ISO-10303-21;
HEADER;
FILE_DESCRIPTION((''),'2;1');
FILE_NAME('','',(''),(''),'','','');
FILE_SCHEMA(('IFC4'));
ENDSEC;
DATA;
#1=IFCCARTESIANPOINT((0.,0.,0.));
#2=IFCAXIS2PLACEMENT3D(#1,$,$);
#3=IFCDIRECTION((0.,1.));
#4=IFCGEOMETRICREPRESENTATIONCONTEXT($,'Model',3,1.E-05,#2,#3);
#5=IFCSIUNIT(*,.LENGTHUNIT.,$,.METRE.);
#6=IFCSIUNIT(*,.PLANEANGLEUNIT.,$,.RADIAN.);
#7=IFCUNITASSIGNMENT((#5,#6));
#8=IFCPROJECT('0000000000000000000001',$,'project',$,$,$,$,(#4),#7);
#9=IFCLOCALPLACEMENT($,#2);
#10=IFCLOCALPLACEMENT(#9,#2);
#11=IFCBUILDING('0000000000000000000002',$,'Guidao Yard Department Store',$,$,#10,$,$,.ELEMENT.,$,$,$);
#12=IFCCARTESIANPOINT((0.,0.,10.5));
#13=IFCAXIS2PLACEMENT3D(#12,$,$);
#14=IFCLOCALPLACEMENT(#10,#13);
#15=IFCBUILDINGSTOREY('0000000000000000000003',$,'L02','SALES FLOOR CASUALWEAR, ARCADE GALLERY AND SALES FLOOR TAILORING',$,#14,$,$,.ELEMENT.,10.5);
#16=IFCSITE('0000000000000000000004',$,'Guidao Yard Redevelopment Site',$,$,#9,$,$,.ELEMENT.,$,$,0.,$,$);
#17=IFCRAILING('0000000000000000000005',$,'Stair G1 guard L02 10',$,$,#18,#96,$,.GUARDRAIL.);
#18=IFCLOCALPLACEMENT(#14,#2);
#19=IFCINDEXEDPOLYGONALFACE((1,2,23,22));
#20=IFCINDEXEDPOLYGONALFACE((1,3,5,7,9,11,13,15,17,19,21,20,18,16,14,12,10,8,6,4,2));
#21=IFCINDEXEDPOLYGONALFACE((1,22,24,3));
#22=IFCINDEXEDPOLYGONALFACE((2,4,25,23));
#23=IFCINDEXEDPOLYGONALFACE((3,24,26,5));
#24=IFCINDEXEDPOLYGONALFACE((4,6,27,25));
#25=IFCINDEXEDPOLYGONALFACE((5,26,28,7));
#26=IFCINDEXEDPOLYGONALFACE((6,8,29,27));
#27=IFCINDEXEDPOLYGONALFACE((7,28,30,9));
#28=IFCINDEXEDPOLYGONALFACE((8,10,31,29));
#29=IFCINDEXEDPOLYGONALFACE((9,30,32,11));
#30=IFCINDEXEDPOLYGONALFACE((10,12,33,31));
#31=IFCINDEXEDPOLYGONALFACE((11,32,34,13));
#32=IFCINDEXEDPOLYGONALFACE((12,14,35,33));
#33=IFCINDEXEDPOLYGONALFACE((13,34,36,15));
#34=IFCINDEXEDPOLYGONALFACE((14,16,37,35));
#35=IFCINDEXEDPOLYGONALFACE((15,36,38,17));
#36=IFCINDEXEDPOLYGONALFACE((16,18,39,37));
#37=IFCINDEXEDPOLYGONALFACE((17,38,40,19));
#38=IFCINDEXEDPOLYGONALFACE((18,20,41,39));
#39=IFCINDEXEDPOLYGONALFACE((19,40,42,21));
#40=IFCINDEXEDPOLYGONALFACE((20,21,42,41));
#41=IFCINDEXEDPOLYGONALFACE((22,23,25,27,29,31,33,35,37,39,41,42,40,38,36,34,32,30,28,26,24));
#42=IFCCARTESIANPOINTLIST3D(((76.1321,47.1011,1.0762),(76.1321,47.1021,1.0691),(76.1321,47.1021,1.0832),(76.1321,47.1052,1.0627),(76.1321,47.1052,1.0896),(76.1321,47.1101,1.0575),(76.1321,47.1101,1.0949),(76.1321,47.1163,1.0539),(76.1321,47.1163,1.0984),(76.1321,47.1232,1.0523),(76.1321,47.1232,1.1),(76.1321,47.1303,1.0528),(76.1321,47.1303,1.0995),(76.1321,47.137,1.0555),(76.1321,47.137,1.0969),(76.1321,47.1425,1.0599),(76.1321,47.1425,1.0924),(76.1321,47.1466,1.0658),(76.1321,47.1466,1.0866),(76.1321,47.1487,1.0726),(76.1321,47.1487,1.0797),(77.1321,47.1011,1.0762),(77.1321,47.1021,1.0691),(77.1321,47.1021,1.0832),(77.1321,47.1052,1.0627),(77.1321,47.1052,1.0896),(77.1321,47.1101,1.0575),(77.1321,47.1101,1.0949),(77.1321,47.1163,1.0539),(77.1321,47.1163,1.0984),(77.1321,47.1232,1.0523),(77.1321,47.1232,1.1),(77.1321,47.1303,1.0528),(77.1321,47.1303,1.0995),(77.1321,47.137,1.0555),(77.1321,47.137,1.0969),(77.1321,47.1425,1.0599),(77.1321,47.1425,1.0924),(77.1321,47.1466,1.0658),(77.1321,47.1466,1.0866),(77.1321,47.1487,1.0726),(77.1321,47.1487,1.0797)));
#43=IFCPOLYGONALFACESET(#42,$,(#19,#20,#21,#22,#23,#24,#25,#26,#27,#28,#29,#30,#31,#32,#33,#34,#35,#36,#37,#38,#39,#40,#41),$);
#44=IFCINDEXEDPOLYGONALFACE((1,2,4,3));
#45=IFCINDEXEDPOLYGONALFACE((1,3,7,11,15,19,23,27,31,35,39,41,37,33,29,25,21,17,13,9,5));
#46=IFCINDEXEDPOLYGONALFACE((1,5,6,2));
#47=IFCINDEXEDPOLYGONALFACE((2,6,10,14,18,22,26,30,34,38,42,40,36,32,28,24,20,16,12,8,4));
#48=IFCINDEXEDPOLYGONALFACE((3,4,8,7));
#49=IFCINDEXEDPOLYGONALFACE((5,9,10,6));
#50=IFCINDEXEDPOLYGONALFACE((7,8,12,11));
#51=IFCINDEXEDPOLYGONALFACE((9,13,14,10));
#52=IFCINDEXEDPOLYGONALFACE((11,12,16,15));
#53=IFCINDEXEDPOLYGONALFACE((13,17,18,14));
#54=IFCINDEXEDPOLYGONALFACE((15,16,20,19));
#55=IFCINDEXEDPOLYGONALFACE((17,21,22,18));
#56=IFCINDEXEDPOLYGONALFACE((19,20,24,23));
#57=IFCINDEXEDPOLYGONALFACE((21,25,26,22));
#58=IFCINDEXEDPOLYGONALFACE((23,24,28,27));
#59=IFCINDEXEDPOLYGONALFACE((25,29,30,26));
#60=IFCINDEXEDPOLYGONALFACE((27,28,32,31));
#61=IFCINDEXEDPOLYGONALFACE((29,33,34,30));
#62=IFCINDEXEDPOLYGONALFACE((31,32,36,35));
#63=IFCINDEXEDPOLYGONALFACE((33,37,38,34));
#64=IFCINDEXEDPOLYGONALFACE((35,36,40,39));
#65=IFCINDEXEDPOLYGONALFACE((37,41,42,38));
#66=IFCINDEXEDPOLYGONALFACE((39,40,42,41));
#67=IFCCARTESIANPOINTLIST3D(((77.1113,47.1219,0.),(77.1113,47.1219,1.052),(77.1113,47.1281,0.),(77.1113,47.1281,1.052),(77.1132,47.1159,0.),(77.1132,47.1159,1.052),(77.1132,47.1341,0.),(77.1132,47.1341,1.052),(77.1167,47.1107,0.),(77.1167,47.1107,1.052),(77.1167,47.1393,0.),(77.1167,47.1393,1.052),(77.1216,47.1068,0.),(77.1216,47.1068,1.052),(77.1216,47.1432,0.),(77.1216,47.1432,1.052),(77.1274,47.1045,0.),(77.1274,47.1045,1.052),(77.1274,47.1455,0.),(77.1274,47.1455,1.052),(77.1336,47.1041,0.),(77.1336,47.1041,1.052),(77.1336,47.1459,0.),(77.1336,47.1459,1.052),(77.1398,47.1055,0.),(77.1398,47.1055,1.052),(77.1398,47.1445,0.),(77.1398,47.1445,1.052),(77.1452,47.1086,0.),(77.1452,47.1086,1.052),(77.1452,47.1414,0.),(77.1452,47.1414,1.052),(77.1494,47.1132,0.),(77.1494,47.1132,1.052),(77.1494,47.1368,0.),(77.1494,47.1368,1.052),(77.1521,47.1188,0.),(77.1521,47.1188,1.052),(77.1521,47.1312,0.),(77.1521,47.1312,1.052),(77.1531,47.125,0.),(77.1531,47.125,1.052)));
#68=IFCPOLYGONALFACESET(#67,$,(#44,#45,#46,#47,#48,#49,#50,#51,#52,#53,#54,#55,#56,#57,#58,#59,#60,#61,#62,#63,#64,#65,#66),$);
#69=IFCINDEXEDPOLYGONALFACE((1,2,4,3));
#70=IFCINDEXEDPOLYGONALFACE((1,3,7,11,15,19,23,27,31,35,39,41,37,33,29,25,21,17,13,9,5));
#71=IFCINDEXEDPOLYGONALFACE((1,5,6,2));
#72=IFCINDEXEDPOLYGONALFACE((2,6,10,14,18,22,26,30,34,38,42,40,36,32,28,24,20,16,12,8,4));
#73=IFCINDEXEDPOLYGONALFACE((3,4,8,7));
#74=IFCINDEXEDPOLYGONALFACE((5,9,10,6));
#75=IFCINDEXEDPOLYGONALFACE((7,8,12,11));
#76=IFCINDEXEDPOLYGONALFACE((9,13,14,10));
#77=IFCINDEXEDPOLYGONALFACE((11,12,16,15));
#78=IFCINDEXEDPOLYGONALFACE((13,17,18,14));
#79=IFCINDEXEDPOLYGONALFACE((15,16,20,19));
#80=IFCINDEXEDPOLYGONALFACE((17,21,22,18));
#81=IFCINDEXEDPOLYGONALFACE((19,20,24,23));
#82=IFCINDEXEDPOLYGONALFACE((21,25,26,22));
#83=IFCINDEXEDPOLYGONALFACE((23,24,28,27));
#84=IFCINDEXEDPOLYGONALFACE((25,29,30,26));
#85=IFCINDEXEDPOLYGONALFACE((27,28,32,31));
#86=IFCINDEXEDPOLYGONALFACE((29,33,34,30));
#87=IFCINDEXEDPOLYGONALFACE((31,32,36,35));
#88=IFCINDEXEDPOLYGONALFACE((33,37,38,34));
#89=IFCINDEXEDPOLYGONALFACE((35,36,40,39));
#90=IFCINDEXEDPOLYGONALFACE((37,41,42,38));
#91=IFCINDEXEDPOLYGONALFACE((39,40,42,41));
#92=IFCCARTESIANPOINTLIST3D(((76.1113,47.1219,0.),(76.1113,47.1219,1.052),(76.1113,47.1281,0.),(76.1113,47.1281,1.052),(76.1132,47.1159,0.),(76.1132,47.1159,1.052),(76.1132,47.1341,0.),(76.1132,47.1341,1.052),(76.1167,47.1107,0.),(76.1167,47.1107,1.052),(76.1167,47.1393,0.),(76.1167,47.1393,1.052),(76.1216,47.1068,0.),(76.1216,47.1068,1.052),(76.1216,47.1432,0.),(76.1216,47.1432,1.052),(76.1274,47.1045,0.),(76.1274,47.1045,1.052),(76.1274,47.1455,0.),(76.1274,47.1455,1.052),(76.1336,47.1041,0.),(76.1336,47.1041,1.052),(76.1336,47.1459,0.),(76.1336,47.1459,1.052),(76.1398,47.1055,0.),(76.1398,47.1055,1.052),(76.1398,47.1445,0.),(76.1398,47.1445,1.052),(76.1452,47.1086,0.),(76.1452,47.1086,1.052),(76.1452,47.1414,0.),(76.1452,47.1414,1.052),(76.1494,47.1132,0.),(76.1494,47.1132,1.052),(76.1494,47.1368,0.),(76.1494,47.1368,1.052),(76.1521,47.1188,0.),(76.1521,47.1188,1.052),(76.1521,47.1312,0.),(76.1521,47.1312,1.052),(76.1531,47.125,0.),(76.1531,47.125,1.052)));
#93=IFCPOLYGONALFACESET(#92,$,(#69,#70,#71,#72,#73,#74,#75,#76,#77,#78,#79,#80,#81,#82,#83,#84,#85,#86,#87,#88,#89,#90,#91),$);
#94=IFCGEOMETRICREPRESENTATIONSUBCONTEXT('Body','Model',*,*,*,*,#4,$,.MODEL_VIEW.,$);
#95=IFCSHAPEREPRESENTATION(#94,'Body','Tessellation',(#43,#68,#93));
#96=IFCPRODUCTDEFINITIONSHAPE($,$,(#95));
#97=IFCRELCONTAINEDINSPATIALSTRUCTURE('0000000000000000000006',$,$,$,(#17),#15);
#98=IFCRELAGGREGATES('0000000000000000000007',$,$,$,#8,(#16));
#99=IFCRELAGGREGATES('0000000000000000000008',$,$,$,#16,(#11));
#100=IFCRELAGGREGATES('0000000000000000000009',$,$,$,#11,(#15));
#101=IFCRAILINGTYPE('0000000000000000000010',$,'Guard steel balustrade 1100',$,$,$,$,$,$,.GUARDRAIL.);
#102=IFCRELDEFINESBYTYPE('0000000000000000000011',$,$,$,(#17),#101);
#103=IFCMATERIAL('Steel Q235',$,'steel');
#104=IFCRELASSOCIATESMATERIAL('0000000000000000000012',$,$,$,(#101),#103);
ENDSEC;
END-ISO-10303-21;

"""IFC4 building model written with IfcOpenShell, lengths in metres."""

from ifc_helpers import new_model, si_unit, direction, frame, origin, origin_2d, place, context, subcontext, project, spatial, circle, extrude, material, type_object, element, save


model = new_model("IFC4")

# Units and contexts
model_context = context("Model", 3, precision=1e-05, world=origin(), true_north=direction((0.0, 1.0)))
body_context = subcontext(model_context, "Body", "Model", "MODEL_VIEW")
ifc_project = project(units=[si_unit("LENGTHUNIT", "METRE"), si_unit("PLANEANGLEUNIT", "RADIAN")], contexts=[model_context])

# Site, building, storey
site_placement = place(None, origin())
site = spatial("IfcSite", under=ifc_project, at=site_placement, Name="Guidao Yard Redevelopment Site", CompositionType="ELEMENT", RefElevation=0.0)
building_placement = place(site_placement, origin())
building = spatial("IfcBuilding", under=site, at=building_placement, Name="Guidao Yard Department Store", CompositionType="ELEMENT")
storey_placement = place(building_placement, frame((0.0, 0.0, 10.5)))
storey = spatial("IfcBuildingStorey", under=building, at=storey_placement, Name="L02", Description="SALES FLOOR CASUALWEAR, ARCADE GALLERY AND SALES FLOOR TAILORING", CompositionType="ELEMENT", Elevation=10.5)

# Railing
ifc_material_1 = material(Name="Steel Q235", Category="steel")
railing_type_1 = type_object("IfcRailingType", Name="Guard steel balustrade 1100", PredefinedType="GUARDRAIL", material=ifc_material_1)
railing_1_placement = place(storey_placement, frame((77.1321, 47.125, 0.0)))
element("IfcRailing", 1, at=railing_1_placement, inside=storey, type_object=railing_type_1, Name="Stair G1 guard L02 10", PredefinedType="GUARDRAIL", context=body_context, shape_type="SweptSolid", body=[
    extrude(circle(Radius=0.0239, at=origin_2d()), frame((0.0, 0.0, 1.0762), z_axis=(-1.0, 0.0, 0.0), x_axis=(0.0, -1.0, 0.0)), (0.0, 0.0, 1.0), 1.0),
    extrude(circle(Radius=0.021, at=origin_2d()), origin(), (0.0, 0.0, 1.0), 1.052),
    extrude(circle(Radius=0.021, at=origin_2d()), frame((-1.0, 0.0, 0.0)), (0.0, 0.0, 1.0), 1.052),
])

save(model, "model.ifc")
